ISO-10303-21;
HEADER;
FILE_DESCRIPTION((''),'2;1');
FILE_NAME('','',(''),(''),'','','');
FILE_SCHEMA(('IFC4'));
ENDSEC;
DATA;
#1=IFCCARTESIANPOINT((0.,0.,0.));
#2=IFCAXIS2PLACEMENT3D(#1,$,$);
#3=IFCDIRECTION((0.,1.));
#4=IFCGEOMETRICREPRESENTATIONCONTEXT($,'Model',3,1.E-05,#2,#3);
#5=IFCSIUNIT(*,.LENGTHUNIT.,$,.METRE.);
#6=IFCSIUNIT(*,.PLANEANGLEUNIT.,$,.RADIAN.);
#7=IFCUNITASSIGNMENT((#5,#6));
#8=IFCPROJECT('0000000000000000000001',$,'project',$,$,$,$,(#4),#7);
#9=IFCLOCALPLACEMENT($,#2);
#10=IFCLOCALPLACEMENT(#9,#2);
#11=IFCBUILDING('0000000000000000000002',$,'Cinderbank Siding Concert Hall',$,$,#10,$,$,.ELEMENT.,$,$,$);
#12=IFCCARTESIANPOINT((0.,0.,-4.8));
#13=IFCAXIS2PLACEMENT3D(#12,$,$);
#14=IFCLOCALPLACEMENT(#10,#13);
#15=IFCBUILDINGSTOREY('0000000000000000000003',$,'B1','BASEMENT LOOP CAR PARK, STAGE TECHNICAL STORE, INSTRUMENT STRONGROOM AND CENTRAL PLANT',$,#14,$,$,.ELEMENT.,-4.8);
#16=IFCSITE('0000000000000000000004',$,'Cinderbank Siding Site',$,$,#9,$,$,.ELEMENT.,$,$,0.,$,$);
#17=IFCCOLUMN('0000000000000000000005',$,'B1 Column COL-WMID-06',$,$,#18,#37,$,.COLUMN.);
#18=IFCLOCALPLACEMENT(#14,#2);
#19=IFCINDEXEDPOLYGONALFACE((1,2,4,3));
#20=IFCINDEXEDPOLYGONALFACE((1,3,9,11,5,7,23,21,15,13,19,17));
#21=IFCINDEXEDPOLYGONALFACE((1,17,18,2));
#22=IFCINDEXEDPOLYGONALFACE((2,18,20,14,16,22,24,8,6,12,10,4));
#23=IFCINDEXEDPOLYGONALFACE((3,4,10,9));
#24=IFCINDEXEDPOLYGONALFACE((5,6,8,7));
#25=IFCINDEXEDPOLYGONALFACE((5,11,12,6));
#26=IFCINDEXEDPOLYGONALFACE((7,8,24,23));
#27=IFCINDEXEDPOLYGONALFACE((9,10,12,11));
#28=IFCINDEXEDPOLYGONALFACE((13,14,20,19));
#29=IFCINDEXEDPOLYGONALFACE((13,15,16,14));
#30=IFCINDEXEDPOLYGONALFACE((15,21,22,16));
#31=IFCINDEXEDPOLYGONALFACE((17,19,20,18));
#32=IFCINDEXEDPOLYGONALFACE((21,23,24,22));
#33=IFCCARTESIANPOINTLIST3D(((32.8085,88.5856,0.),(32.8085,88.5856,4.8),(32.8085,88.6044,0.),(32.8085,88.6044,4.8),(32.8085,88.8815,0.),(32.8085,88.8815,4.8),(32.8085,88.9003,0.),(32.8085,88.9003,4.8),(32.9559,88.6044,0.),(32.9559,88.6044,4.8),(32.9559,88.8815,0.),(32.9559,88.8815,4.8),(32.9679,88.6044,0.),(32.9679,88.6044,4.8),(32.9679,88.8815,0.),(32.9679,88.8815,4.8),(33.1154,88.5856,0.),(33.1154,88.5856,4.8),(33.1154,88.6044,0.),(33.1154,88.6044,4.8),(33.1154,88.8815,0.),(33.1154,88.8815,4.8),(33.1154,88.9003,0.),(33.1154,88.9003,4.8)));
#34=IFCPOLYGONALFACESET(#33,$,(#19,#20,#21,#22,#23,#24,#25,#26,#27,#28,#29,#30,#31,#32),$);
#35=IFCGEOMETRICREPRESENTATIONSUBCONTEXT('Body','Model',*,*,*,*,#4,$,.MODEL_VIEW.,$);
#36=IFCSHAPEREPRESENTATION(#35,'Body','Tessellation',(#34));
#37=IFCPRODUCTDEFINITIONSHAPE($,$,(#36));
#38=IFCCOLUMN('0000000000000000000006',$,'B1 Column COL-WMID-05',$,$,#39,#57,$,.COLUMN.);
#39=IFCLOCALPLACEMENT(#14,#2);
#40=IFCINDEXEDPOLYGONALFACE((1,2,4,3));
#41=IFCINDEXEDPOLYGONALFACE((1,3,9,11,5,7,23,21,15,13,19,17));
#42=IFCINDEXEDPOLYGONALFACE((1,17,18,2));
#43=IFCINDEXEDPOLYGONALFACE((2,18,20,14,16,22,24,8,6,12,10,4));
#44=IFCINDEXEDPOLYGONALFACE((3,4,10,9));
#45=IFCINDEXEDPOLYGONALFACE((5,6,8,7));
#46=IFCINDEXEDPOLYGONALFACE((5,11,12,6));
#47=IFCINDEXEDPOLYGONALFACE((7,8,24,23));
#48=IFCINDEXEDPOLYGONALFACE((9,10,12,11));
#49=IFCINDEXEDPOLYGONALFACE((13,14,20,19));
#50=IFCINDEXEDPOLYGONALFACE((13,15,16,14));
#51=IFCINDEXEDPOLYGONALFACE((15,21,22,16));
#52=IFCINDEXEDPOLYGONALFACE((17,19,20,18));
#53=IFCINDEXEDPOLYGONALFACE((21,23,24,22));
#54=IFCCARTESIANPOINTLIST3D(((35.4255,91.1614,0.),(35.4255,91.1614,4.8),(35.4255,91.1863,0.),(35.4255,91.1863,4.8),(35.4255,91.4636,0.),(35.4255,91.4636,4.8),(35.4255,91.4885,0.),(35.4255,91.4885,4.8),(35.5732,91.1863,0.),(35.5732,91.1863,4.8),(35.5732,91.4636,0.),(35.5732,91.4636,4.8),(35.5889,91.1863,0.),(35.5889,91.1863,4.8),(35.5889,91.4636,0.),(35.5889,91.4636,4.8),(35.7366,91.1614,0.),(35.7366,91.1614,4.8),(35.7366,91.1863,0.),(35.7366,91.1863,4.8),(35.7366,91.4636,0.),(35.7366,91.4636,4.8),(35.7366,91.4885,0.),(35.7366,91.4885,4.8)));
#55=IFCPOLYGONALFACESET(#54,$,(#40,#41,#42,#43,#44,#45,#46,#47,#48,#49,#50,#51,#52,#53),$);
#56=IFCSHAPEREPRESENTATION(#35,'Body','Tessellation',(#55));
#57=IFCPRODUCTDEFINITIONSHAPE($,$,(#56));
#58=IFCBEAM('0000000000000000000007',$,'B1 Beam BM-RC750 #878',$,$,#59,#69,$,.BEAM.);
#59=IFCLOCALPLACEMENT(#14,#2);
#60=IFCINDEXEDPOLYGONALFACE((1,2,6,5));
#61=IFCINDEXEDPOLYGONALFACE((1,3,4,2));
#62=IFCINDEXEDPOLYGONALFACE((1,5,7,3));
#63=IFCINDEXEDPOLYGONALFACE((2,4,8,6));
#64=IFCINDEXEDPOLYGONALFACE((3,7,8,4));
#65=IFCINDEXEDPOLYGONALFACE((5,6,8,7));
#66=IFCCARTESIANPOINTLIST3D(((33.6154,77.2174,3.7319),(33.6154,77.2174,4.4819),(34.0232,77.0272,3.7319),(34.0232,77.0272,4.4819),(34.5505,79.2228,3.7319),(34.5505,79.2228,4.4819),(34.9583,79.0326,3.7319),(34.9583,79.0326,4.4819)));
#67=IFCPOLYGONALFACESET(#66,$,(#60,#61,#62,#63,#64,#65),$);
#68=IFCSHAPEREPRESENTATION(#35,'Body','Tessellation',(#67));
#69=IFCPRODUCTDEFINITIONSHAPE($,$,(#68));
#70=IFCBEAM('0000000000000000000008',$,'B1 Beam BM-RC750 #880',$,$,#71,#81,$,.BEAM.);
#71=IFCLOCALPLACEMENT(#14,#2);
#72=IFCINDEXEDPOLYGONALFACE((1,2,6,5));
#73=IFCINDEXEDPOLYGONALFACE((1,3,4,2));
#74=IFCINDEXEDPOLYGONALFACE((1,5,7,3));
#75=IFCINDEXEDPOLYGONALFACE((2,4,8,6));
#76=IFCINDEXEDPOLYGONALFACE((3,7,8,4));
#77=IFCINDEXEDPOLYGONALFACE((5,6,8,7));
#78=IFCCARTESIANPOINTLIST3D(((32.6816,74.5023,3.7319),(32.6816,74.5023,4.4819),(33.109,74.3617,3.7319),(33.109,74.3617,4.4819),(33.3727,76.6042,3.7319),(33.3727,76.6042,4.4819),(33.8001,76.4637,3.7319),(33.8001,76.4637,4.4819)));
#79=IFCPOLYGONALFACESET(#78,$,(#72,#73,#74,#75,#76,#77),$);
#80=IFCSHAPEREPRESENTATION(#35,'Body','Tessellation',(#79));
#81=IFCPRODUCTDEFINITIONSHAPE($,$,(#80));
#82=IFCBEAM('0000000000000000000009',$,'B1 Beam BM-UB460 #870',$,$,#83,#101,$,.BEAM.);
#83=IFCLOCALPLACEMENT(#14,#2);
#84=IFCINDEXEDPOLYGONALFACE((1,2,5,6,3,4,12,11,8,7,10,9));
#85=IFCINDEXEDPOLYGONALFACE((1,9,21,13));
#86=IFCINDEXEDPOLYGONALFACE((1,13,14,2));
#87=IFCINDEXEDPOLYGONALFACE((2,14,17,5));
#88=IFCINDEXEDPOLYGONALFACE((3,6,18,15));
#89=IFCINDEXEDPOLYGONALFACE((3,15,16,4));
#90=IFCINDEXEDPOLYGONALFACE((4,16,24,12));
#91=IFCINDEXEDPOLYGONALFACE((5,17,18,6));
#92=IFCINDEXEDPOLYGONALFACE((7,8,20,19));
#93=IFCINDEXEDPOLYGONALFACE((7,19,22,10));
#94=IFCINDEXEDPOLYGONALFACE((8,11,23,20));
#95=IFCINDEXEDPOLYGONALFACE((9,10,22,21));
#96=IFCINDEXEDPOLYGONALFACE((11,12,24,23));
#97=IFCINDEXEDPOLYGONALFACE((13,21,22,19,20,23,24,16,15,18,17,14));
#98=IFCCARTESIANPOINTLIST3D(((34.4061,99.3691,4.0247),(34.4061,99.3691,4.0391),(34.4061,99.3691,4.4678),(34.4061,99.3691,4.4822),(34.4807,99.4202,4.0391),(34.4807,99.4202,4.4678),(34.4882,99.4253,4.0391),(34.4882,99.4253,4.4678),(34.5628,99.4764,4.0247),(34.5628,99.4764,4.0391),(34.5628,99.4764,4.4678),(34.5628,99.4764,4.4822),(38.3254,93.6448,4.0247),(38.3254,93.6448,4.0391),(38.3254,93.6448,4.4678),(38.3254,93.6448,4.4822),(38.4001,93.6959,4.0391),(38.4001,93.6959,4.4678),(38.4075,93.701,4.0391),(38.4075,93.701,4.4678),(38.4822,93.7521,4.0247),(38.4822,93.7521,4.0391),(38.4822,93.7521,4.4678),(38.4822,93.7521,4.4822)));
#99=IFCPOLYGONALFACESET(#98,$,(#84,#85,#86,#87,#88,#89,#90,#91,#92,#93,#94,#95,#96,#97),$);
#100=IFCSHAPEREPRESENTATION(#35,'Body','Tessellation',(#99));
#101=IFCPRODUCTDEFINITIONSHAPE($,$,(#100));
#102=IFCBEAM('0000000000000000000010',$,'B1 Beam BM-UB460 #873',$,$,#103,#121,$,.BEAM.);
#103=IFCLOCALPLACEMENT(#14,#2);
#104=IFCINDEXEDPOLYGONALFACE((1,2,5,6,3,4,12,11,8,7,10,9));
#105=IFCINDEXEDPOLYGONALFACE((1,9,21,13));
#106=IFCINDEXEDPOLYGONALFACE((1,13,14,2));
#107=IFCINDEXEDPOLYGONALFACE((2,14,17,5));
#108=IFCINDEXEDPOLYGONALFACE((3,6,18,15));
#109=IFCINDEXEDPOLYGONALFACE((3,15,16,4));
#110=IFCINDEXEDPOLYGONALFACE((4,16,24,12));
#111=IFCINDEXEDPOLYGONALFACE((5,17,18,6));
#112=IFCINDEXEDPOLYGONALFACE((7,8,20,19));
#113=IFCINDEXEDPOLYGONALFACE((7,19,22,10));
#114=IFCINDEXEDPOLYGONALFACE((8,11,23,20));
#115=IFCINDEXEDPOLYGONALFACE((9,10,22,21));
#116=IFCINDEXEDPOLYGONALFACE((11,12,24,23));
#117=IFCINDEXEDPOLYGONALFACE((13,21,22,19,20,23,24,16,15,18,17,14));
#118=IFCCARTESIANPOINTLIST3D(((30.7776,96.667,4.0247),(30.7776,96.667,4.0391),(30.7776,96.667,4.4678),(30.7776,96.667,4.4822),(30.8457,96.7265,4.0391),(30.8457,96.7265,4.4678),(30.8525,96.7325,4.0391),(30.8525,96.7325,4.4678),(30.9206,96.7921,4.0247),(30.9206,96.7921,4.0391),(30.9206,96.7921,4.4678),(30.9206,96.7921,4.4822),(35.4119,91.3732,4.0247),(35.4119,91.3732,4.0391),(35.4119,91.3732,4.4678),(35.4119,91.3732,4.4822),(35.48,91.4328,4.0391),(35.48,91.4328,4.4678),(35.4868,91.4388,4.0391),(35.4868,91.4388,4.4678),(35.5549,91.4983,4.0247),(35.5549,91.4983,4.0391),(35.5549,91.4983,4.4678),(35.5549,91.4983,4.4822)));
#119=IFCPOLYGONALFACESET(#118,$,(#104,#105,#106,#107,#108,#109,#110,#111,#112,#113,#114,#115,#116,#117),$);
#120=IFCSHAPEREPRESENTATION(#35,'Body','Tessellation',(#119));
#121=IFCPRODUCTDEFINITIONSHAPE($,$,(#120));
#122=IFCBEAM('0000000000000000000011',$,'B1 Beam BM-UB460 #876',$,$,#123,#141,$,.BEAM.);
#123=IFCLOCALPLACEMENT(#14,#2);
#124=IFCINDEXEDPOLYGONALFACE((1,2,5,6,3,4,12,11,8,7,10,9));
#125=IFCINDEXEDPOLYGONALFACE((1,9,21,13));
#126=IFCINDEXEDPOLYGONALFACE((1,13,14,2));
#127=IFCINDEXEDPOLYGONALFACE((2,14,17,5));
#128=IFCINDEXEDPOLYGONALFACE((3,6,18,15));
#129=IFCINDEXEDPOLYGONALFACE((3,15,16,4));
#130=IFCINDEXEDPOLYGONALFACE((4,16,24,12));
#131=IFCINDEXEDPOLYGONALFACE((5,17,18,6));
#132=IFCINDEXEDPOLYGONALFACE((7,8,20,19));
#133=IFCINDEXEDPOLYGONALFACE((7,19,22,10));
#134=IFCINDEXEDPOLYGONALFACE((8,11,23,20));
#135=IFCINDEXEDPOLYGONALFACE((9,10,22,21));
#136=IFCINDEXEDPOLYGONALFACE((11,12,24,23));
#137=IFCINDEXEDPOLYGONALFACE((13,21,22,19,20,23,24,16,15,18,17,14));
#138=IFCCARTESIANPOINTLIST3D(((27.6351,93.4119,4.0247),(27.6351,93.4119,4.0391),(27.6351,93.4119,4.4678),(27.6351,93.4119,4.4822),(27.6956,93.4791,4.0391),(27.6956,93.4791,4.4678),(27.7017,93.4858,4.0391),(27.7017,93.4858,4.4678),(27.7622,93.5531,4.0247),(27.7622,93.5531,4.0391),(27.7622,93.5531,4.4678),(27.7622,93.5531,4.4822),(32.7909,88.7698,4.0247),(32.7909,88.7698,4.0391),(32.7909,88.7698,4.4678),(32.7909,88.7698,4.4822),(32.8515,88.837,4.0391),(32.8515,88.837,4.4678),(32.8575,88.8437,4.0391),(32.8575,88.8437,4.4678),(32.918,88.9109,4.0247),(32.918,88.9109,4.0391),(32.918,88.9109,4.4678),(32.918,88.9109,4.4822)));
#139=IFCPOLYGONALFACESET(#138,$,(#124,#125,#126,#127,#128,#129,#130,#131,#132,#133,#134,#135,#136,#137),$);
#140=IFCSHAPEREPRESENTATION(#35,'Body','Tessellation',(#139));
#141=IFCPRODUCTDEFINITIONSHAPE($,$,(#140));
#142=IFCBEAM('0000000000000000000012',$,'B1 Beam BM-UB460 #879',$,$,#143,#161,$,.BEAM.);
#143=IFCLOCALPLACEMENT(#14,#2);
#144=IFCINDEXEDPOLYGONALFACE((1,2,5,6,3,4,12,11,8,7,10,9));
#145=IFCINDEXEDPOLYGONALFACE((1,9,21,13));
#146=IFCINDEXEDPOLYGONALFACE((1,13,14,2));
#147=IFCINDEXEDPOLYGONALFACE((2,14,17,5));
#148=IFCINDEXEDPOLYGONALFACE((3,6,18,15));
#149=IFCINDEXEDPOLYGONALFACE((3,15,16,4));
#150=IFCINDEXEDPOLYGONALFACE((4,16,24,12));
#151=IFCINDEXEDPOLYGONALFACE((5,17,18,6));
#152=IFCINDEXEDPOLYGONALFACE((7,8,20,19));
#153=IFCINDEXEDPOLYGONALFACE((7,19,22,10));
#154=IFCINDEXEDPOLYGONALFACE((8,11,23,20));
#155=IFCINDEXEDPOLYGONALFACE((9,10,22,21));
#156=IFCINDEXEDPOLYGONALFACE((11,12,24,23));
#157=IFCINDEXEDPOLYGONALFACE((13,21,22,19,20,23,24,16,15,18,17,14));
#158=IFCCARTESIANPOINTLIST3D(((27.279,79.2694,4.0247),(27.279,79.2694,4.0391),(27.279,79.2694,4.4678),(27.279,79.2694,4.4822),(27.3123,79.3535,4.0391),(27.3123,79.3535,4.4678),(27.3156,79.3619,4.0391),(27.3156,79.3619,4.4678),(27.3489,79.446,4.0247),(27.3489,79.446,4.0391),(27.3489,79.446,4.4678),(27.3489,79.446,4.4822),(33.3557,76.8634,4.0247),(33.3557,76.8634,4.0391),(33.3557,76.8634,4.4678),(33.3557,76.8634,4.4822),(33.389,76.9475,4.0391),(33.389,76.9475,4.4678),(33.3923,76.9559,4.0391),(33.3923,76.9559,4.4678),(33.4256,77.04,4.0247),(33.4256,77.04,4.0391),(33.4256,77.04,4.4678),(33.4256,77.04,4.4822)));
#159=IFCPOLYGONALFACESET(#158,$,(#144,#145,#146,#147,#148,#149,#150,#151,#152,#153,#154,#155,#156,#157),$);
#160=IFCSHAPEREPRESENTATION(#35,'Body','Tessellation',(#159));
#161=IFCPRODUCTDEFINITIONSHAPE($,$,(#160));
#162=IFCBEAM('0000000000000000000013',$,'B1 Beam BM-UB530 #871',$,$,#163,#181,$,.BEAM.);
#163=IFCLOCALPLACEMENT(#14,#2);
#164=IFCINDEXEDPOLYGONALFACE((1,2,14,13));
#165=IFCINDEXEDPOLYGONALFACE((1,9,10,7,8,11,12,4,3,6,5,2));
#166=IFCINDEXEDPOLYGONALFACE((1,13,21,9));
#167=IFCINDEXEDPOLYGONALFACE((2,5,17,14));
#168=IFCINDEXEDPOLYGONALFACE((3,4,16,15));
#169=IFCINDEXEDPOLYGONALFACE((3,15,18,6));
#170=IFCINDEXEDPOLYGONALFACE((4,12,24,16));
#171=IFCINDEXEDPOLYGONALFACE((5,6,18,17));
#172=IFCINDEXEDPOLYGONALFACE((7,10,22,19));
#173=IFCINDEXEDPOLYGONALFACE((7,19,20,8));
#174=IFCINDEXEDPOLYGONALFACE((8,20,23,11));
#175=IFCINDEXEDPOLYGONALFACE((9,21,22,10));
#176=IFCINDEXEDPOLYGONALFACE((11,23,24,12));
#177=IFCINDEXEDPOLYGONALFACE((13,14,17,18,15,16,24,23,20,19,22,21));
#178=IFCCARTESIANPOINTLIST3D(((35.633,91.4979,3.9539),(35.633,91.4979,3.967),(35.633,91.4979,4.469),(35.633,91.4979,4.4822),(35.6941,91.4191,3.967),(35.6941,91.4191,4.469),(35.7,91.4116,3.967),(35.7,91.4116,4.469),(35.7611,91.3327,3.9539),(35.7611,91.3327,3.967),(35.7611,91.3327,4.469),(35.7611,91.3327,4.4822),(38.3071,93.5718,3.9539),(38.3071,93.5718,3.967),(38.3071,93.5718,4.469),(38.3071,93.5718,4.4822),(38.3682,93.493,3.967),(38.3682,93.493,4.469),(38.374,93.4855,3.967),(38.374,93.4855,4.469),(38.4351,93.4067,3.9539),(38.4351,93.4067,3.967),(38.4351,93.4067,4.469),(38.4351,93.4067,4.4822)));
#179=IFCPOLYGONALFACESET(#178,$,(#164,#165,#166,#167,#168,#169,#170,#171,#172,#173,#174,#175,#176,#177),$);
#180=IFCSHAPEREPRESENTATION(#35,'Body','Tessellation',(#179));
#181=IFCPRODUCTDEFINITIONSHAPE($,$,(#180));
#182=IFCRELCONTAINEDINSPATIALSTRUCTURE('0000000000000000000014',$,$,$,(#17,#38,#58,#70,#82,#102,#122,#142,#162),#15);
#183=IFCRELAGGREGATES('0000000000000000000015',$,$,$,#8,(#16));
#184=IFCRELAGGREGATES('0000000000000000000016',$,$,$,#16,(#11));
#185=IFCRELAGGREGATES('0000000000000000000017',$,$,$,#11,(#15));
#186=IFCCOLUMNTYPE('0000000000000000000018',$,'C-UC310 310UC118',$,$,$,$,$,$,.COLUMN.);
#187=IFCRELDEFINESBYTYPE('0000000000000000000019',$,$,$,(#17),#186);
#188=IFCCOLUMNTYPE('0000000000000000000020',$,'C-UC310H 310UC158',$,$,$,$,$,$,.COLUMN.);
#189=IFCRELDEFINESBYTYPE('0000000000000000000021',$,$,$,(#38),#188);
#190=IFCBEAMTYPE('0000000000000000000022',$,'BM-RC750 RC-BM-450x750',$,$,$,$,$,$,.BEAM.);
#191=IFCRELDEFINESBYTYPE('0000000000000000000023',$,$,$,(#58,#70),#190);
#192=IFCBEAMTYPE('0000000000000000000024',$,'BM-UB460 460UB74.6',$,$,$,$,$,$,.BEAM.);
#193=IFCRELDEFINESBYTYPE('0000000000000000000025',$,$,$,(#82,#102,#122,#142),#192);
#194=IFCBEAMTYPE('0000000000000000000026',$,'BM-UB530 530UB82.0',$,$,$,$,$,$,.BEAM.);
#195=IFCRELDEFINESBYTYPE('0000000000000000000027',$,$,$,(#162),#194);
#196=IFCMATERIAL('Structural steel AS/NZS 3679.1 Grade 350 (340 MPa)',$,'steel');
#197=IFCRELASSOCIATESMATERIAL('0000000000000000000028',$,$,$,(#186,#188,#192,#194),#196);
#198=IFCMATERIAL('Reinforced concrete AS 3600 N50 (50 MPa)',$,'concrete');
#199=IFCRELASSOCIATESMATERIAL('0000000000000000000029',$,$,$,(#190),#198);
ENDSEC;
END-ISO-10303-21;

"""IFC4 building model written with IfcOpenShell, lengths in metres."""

from ifc_helpers import new_model, si_unit, direction, frame, origin, origin_2d, place, context, subcontext, project, spatial, rectangle, i_section, extrude, material, material_profile, profile_set, type_object, element, save


model = new_model("IFC4")

# Units and contexts
model_context = context("Model", 3, precision=1e-05, world=origin(), true_north=direction((0.0, 1.0)))
body_context = subcontext(model_context, "Body", "Model", "MODEL_VIEW")
ifc_project = project(units=[si_unit("LENGTHUNIT", "METRE"), si_unit("PLANEANGLEUNIT", "RADIAN")], contexts=[model_context])

# Site, building, storey
site_placement = place(None, origin())
site = spatial("IfcSite", under=ifc_project, at=site_placement, Name="Cinderbank Siding Site", CompositionType="ELEMENT", RefElevation=0.0)
building_placement = place(site_placement, origin())
building = spatial("IfcBuilding", under=site, at=building_placement, Name="Cinderbank Siding Concert Hall", CompositionType="ELEMENT")
storey_placement = place(building_placement, frame((0.0, 0.0, -4.8)))
storey = spatial("IfcBuildingStorey", under=building, at=storey_placement, Name="B1", Description="BASEMENT LOOP CAR PARK, STAGE TECHNICAL STORE, INSTRUMENT STRONGROOM AND CENTRAL PLANT", CompositionType="ELEMENT", Elevation=-4.8)

# Columns
ifc_material_1 = material(Name="Reinforced concrete AS 3600 N50 (50 MPa)", Category="concrete")
ifc_material_2 = material(Name="Structural steel AS/NZS 3679.1 Grade 350 (340 MPa)", Category="steel")
ifc_material_profile_1 = material_profile(ifc_material_2, i_section(OverallWidth=0.3069, OverallDepth=0.3147, WebThickness=0.012, FlangeThickness=0.0188, at=origin_2d()), Name="310UC118", Category="LoadBearing")
ifc_profile_set_1 = profile_set([ifc_material_profile_1], Name="Structural steel AS/NZS 3679.1 Grade 350 (340 MPa)")
column_type_1 = type_object("IfcColumnType", Name="C-UC310 310UC118", PredefinedType="COLUMN", material=ifc_profile_set_1)
column_1_placement = place(storey_placement, frame((32.9619, 88.7429, 0.0), z_axis=(0.0, 0.0, 1.0), x_axis=(1.0, 0.0, 0.0)))
element("IfcColumn", 1, at=column_1_placement, inside=storey, type_object=column_type_1, Name="B1 Column COL-WMID-06", PredefinedType="COLUMN", context=body_context, shape_type="SweptSolid", body=[
    extrude(i_section(OverallWidth=0.3069, OverallDepth=0.3147, WebThickness=0.012, FlangeThickness=0.0188, at=origin_2d()), origin(), (0.0, 0.0, 1.0), 4.8),
])
ifc_material_profile_2 = material_profile(ifc_material_2, i_section(OverallWidth=0.311, OverallDepth=0.3271, WebThickness=0.0156, FlangeThickness=0.0249, at=origin_2d()), Name="310UC158", Category="LoadBearing")
ifc_profile_set_2 = profile_set([ifc_material_profile_2], Name="Structural steel AS/NZS 3679.1 Grade 350 (340 MPa)")
column_type_2 = type_object("IfcColumnType", Name="C-UC310H 310UC158", PredefinedType="COLUMN", material=ifc_profile_set_2)
column_2_placement = place(storey_placement, frame((35.5811, 91.325, 0.0), z_axis=(0.0, 0.0, 1.0), x_axis=(1.0, 0.0, 0.0)))
element("IfcColumn", 2, at=column_2_placement, inside=storey, type_object=column_type_2, Name="B1 Column COL-WMID-05", PredefinedType="COLUMN", context=body_context, shape_type="SweptSolid", body=[
    extrude(i_section(OverallWidth=0.311, OverallDepth=0.3271, WebThickness=0.0156, FlangeThickness=0.0249, at=origin_2d()), origin(), (0.0, 0.0, 1.0), 4.8),
])

# Beams
ifc_material_profile_3 = material_profile(ifc_material_1, rectangle(XDim=0.45, YDim=0.75, at=origin_2d()), Name="RC-BM-450x750", Category="LoadBearing")
ifc_profile_set_3 = profile_set([ifc_material_profile_3], Name="Reinforced concrete AS 3600 N50 (50 MPa)")
beam_type_1 = type_object("IfcBeamType", Name="BM-RC750 RC-BM-450x750", PredefinedType="BEAM", material=ifc_profile_set_3)
for number, where, z_axis, x_axis, name in (
    (3, (34.7544, 79.1277, 4.1069), (-0.422596, -0.906318, 0.0), (0.906318, -0.422596, 0.0), "B1 Beam BM-RC750 #878"),
    (4, (33.5864, 76.5339, 4.1069), (-0.312352, -0.949966, 0.0), (0.949966, -0.312352, 0.0), "B1 Beam BM-RC750 #880"),
):
    element("IfcBeam", number, at=place(storey_placement, frame(where, z_axis=z_axis, x_axis=x_axis)), inside=storey, type_object=beam_type_1, Name=name, PredefinedType="BEAM", context=body_context, shape_type="SweptSolid", body=[
        extrude(rectangle(XDim=0.45, YDim=0.75, at=origin_2d()), origin(), (0.0, 0.0, 1.0), 2.2126),
    ])
ifc_material_profile_4 = material_profile(ifc_material_2, i_section(OverallWidth=0.1899, OverallDepth=0.4575, WebThickness=0.009, FlangeThickness=0.0144, at=origin_2d()), Name="460UB74.6", Category="LoadBearing")
ifc_profile_set_4 = profile_set([ifc_material_profile_4], Name="Structural steel AS/NZS 3679.1 Grade 350 (340 MPa)")
beam_type_2 = type_object("IfcBeamType", Name="BM-UB460 460UB74.6", PredefinedType="BEAM", material=ifc_profile_set_4)
beam_1_placement = place(storey_placement, frame((38.4038, 93.6985, 4.2534), z_axis=(-0.564955, 0.825122, 0.0), x_axis=(-0.825122, -0.564955, 0.0)))
element("IfcBeam", 5, at=beam_1_placement, inside=storey, type_object=beam_type_2, Name="B1 Beam BM-UB460 #870", PredefinedType="BEAM", context=body_context, shape_type="SweptSolid", body=[
    extrude(i_section(OverallWidth=0.1899, OverallDepth=0.4575, WebThickness=0.009, FlangeThickness=0.0144, at=origin_2d()), origin(), (0.0, 0.0, 1.0), 6.9375),
])
beam_2_placement = place(storey_placement, frame((35.4834, 91.4358, 4.2534), z_axis=(-0.658689, 0.752415, 0.0), x_axis=(-0.752415, -0.658689, 0.0)))
element("IfcBeam", 6, at=beam_2_placement, inside=storey, type_object=beam_type_2, Name="B1 Beam BM-UB460 #873", PredefinedType="BEAM", context=body_context, shape_type="SweptSolid", body=[
    extrude(i_section(OverallWidth=0.1899, OverallDepth=0.4575, WebThickness=0.009, FlangeThickness=0.0144, at=origin_2d()), origin(), (0.0, 0.0, 1.0), 7.0356),
])
beam_3_placement = place(storey_placement, frame((32.8545, 88.8403, 4.2534), z_axis=(-0.743158, 0.669116, 0.0), x_axis=(-0.669116, -0.743158, 0.0)))
element("IfcBeam", 7, at=beam_3_placement, inside=storey, type_object=beam_type_2, Name="B1 Beam BM-UB460 #876", PredefinedType="BEAM", context=body_context, shape_type="SweptSolid", body=[
    extrude(i_section(OverallWidth=0.1899, OverallDepth=0.4575, WebThickness=0.009, FlangeThickness=0.0144, at=origin_2d()), origin(), (0.0, 0.0, 1.0), 6.9377),
])
beam_4_placement = place(storey_placement, frame((33.3906, 76.9517, 4.2534), z_axis=(-0.929772, 0.368136, 0.0), x_axis=(-0.368136, -0.929772, 0.0)))
element("IfcBeam", 8, at=beam_4_placement, inside=storey, type_object=beam_type_2, Name="B1 Beam BM-UB460 #879", PredefinedType="BEAM", context=body_context, shape_type="SweptSolid", body=[
    extrude(i_section(OverallWidth=0.1899, OverallDepth=0.4575, WebThickness=0.009, FlangeThickness=0.0144, at=origin_2d()), origin(), (0.0, 0.0, 1.0), 6.5356),
])
ifc_material_profile_5 = material_profile(ifc_material_2, i_section(OverallWidth=0.209, OverallDepth=0.5283, WebThickness=0.0095, FlangeThickness=0.0132, at=origin_2d()), Name="530UB82.0", Category="LoadBearing")
ifc_profile_set_5 = profile_set([ifc_material_profile_5], Name="Structural steel AS/NZS 3679.1 Grade 350 (340 MPa)")
beam_type_3 = type_object("IfcBeamType", Name="BM-UB530 530UB82.0", PredefinedType="BEAM", material=ifc_profile_set_5)
beam_5_placement = place(storey_placement, frame((38.3711, 93.4893, 4.218), z_axis=(-0.790191, -0.612861, 0.0), x_axis=(0.612861, -0.790191, 0.0)))
element("IfcBeam", 9, at=beam_5_placement, inside=storey, type_object=beam_type_3, Name="B1 Beam BM-UB530 #871", PredefinedType="BEAM", context=body_context, shape_type="SweptSolid", body=[
    extrude(i_section(OverallWidth=0.209, OverallDepth=0.5283, WebThickness=0.0095, FlangeThickness=0.0132, at=origin_2d()), origin(), (0.0, 0.0, 1.0), 3.384),
])

save(model, "model.ifc")
